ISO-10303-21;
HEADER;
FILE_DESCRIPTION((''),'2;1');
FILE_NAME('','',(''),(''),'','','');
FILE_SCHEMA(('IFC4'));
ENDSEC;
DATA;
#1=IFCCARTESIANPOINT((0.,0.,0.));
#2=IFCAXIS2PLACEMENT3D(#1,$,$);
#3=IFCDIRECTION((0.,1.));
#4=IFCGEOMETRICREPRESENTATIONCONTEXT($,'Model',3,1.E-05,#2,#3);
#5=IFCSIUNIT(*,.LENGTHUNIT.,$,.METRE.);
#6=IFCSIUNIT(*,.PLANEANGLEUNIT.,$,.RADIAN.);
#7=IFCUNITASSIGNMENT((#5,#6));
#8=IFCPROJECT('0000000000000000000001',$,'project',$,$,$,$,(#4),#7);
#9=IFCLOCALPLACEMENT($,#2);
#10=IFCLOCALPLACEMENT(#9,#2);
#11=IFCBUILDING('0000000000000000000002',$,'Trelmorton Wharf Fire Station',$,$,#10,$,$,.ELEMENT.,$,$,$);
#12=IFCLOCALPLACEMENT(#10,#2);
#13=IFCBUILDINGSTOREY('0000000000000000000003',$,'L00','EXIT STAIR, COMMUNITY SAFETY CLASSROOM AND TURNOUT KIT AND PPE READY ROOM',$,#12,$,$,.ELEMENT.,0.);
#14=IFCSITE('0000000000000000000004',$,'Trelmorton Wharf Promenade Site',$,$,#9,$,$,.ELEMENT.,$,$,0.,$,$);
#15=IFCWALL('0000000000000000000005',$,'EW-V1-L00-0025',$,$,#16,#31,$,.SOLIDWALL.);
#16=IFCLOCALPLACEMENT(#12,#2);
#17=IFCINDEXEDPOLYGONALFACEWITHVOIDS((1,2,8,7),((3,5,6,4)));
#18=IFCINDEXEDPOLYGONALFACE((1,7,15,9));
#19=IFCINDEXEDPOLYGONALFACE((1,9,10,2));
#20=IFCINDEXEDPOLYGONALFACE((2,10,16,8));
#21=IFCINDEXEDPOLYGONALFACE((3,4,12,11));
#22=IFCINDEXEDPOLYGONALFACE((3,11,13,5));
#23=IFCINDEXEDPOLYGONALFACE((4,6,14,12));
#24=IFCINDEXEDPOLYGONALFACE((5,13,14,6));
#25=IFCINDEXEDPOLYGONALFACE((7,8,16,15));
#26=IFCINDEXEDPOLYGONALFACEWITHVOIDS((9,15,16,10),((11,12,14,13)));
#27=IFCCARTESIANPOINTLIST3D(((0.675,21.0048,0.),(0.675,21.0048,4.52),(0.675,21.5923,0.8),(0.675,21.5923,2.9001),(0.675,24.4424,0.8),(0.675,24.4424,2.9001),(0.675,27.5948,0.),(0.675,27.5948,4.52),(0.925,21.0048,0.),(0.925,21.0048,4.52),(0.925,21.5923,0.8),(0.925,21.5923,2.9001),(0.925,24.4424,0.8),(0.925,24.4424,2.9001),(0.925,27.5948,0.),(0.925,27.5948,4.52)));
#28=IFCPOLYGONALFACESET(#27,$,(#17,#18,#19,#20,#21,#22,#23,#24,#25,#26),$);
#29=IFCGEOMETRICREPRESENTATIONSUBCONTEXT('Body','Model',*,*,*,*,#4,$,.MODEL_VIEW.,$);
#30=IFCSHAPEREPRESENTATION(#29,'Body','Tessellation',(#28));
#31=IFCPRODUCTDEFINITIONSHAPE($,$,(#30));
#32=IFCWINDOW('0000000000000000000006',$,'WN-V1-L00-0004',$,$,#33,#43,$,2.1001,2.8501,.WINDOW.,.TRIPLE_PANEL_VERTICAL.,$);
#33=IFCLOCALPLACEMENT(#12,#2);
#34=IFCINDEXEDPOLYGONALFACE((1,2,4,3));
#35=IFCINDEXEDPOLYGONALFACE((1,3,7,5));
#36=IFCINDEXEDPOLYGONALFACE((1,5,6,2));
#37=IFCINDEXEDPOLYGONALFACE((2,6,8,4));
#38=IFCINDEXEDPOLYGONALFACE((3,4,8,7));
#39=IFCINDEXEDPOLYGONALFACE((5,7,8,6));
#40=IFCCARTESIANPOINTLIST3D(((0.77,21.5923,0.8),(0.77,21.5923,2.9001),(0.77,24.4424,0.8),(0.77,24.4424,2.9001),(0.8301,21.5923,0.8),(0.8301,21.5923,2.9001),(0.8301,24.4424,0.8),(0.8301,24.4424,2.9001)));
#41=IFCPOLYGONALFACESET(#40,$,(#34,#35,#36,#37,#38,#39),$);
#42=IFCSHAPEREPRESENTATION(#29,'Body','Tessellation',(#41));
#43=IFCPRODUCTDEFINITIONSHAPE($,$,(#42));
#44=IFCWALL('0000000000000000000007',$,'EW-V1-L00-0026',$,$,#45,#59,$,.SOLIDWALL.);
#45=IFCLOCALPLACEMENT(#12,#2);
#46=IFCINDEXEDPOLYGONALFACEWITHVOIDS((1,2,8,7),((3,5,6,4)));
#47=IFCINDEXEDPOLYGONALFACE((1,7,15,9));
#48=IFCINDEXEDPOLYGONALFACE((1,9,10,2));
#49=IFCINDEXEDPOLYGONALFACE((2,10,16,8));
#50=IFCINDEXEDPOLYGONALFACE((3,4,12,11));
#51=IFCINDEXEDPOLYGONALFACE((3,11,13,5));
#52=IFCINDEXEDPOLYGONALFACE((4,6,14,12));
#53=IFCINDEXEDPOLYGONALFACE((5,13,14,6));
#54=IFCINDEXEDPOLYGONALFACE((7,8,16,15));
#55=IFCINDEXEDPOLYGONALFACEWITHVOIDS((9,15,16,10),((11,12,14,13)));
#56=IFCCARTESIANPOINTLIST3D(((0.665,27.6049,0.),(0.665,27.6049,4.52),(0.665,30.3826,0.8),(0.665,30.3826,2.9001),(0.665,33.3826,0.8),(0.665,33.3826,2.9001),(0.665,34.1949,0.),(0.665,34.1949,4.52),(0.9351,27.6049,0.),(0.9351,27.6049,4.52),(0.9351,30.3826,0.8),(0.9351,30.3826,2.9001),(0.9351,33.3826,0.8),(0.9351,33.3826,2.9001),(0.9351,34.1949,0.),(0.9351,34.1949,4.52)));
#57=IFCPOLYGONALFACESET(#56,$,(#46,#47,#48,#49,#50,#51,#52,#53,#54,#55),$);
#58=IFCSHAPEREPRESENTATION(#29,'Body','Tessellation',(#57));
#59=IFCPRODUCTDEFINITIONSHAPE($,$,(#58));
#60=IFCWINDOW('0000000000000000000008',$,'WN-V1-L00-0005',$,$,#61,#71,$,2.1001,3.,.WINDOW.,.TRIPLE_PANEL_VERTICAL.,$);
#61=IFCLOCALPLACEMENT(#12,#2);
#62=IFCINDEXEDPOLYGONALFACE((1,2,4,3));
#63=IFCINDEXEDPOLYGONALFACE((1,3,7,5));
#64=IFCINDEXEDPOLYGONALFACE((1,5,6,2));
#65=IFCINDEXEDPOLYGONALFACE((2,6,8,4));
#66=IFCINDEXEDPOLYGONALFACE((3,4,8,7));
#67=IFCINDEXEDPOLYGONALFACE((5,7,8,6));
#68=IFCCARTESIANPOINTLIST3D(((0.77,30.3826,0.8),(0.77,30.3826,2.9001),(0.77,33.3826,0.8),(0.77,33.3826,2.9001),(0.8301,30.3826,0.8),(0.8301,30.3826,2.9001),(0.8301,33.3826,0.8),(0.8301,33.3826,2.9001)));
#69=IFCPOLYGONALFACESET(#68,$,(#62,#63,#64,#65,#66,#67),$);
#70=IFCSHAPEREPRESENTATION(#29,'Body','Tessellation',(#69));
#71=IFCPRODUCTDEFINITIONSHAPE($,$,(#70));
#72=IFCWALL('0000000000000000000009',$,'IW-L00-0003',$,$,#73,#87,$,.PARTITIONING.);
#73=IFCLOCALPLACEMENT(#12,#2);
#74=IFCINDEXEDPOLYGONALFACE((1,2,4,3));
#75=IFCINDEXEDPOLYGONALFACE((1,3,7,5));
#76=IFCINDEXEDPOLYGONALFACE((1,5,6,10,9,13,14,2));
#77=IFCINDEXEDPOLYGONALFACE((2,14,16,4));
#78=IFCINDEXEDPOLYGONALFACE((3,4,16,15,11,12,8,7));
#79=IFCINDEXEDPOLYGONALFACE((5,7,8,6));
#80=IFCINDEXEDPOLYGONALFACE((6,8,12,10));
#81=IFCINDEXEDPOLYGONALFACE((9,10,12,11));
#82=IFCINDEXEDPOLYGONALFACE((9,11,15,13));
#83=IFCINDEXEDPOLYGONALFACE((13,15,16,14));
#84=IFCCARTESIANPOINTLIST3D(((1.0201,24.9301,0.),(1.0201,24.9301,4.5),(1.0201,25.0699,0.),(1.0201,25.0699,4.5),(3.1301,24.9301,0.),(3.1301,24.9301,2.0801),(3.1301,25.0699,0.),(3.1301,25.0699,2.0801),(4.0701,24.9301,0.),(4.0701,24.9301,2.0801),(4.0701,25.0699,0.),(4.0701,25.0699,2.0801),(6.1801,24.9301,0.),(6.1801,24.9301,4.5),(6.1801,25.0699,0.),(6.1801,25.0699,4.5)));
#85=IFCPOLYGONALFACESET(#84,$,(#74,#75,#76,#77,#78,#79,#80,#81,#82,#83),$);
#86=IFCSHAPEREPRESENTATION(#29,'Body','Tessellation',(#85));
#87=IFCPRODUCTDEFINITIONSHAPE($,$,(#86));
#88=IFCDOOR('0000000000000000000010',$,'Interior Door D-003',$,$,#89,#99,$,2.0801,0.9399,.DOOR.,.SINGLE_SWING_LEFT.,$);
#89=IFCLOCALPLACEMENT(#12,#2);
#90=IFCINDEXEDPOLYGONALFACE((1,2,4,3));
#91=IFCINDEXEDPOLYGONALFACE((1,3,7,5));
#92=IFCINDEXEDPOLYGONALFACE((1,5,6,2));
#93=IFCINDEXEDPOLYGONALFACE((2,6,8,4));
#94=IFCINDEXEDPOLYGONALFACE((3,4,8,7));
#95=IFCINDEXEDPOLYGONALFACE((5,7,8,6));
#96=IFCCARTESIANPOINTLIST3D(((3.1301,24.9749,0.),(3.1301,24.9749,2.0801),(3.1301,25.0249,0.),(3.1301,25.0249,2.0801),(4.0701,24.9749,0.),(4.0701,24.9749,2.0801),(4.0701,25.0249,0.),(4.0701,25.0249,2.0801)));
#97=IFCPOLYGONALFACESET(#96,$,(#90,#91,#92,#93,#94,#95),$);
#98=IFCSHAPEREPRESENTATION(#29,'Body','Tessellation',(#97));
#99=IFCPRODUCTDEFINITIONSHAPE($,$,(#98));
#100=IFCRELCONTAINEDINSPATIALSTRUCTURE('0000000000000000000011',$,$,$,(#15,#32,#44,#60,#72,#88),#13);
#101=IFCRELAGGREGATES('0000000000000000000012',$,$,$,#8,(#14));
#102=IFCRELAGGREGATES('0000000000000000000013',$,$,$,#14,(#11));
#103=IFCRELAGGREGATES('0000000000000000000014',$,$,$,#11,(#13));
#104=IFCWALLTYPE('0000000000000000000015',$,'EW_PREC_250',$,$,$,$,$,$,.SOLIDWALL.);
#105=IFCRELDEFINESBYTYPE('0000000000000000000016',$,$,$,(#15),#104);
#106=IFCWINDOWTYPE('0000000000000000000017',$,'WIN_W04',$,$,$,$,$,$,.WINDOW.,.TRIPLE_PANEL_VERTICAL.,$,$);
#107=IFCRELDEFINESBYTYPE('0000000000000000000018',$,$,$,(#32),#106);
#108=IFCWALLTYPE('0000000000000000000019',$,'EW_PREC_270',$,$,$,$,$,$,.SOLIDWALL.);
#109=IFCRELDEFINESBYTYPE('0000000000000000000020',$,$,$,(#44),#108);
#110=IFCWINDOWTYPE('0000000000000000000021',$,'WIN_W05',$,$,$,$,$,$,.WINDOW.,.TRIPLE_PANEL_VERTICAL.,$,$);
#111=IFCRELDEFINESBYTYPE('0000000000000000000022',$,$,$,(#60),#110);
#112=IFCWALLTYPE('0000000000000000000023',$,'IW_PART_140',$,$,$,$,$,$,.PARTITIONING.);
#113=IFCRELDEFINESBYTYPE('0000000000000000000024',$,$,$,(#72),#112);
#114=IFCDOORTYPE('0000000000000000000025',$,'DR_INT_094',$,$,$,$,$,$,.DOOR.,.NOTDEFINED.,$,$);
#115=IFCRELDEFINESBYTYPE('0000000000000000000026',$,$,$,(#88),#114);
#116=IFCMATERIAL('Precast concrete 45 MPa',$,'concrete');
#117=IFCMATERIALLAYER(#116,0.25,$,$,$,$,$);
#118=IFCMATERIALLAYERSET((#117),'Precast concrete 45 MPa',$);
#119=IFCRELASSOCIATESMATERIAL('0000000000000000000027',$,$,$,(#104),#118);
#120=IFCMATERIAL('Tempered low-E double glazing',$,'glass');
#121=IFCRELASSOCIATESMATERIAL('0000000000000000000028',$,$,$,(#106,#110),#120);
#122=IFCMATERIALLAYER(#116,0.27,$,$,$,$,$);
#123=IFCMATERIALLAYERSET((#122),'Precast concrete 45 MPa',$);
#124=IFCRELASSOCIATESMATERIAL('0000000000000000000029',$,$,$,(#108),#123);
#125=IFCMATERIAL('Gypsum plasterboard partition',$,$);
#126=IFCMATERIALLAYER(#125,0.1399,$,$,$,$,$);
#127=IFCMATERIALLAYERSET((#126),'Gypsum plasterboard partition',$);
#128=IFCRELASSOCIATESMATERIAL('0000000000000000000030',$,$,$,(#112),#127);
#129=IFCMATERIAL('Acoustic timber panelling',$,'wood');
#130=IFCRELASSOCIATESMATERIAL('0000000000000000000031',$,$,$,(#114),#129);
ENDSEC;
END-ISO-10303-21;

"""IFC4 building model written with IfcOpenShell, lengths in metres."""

from ifc_helpers import new_model, si_unit, direction, frame, frame_2d, origin, place, context, subcontext, project, spatial, rectangle, extrude, material, layer, layer_set, type_object, element, fill, save


model = new_model("IFC4")

# Units and contexts
model_context = context("Model", 3, precision=1e-05, world=origin(), true_north=direction((0.0, 1.0)))
body_context = subcontext(model_context, "Body", "Model", "MODEL_VIEW")
ifc_project = project(units=[si_unit("LENGTHUNIT", "METRE"), si_unit("PLANEANGLEUNIT", "RADIAN")], contexts=[model_context])

# Site, building, storey
site_placement = place(None, origin())
site = spatial("IfcSite", under=ifc_project, at=site_placement, Name="Trelmorton Wharf Promenade Site", CompositionType="ELEMENT", RefElevation=0.0)
building_placement = place(site_placement, origin())
building = spatial("IfcBuilding", under=site, at=building_placement, Name="Trelmorton Wharf Fire Station", CompositionType="ELEMENT")
storey_placement = place(building_placement, origin())
storey = spatial("IfcBuildingStorey", under=building, at=storey_placement, Name="L00", Description="EXIT STAIR, COMMUNITY SAFETY CLASSROOM AND TURNOUT KIT AND PPE READY ROOM", CompositionType="ELEMENT", Elevation=0.0)

# Walls, openings, windows
ifc_material_1 = material(Name="Precast concrete 45 MPa", Category="concrete")
ifc_layer_1 = layer(ifc_material_1, 0.25)
ifc_layer_set_1 = layer_set([ifc_layer_1], Name="Precast concrete 45 MPa")
wall_type_1 = type_object("IfcWallType", Name="EW_PREC_250", PredefinedType="SOLIDWALL", material=ifc_layer_set_1)
wall_1_placement = place(storey_placement, frame((0.8, 21.0049, 0.0), z_axis=(0.0, 0.0, 1.0), x_axis=(0.0, 1.0, 0.0)))
wall_1 = element("IfcWall", 1, at=wall_1_placement, inside=storey, type_object=wall_type_1, Name="EW-V1-L00-0025", PredefinedType="SOLIDWALL", context=body_context, shape_type="SweptSolid", body=[
    extrude(rectangle(XDim=6.5901, YDim=0.25, at=frame_2d((3.2949, 0.0))), origin(), (0.0, 0.0, 1.0), 4.52),
])
opening_1_placement = place(wall_1_placement, frame((0.5874, 0.0, 0.8)))
opening_1 = element("IfcOpeningElement", 2, at=opening_1_placement, cuts=wall_1, PredefinedType="OPENING", context=body_context, shape_type="SweptSolid", body=[
    extrude(rectangle(XDim=2.8501, YDim=2.1001, at=frame_2d((1.425, 1.05))), frame((0.0, 0.135, 0.0), z_axis=(0.0, -1.0, 0.0), x_axis=(1.0, 0.0, 0.0)), (0.0, 0.0, 1.0), 0.27),
])
ifc_material_2 = material(Name="Tempered low-E double glazing", Category="glass")
window_type_1 = type_object("IfcWindowType", Name="WIN_W04", PartitioningType="TRIPLE_PANEL_VERTICAL", PredefinedType="WINDOW", material=ifc_material_2)
window_1_placement = place(opening_1_placement, origin())
window_1 = element("IfcWindow", 3, at=window_1_placement, inside=storey, type_object=window_type_1, Name="WN-V1-L00-0004", OverallHeight=2.1001, OverallWidth=2.8501, PartitioningType="TRIPLE_PANEL_VERTICAL", PredefinedType="WINDOW", context=body_context, shape_type="SweptSolid", body=[
    extrude(rectangle(XDim=2.8501, YDim=2.1001, at=frame_2d((1.425, 1.05))), frame((0.0, 0.03, 0.0), z_axis=(0.0, -1.0, 0.0), x_axis=(1.0, 0.0, 0.0)), (0.0, 0.0, 1.0), 0.0601),
])
fill(opening_1, window_1)
ifc_layer_2 = layer(ifc_material_1, 0.27)
ifc_layer_set_2 = layer_set([ifc_layer_2], Name="Precast concrete 45 MPa")
wall_type_2 = type_object("IfcWallType", Name="EW_PREC_270", PredefinedType="SOLIDWALL", material=ifc_layer_set_2)
wall_2_placement = place(storey_placement, frame((0.8, 27.605, 0.0), z_axis=(0.0, 0.0, 1.0), x_axis=(0.0, 1.0, 0.0)))
wall_2 = element("IfcWall", 4, at=wall_2_placement, inside=storey, type_object=wall_type_2, Name="EW-V1-L00-0026", PredefinedType="SOLIDWALL", context=body_context, shape_type="SweptSolid", body=[
    extrude(rectangle(XDim=6.5901, YDim=0.27, at=frame_2d((3.2949, 0.0))), origin(), (0.0, 0.0, 1.0), 4.52),
])
opening_2_placement = place(wall_2_placement, frame((2.7776, 0.0, 0.8)))
opening_2 = element("IfcOpeningElement", 5, at=opening_2_placement, cuts=wall_2, PredefinedType="OPENING", context=body_context, shape_type="SweptSolid", body=[
    extrude(rectangle(XDim=3.0, YDim=2.1001, at=frame_2d((1.5, 1.05))), frame((0.0, 0.145, 0.0), z_axis=(0.0, -1.0, 0.0), x_axis=(1.0, 0.0, 0.0)), (0.0, 0.0, 1.0), 0.29),
])
window_type_2 = type_object("IfcWindowType", Name="WIN_W05", PartitioningType="TRIPLE_PANEL_VERTICAL", PredefinedType="WINDOW", material=ifc_material_2)
window_2_placement = place(opening_2_placement, origin())
window_2 = element("IfcWindow", 6, at=window_2_placement, inside=storey, type_object=window_type_2, Name="WN-V1-L00-0005", OverallHeight=2.1001, OverallWidth=3.0, PartitioningType="TRIPLE_PANEL_VERTICAL", PredefinedType="WINDOW", context=body_context, shape_type="SweptSolid", body=[
    extrude(rectangle(XDim=3.0, YDim=2.1001, at=frame_2d((1.5, 1.05))), frame((0.0, 0.03, 0.0), z_axis=(0.0, -1.0, 0.0), x_axis=(1.0, 0.0, 0.0)), (0.0, 0.0, 1.0), 0.0601),
])
fill(opening_2, window_2)

# Wall, opening, door
ifc_material_3 = material(Name="Gypsum plasterboard partition")
ifc_layer_3 = layer(ifc_material_3, 0.1399)
ifc_layer_set_3 = layer_set([ifc_layer_3], Name="Gypsum plasterboard partition")
wall_type_3 = type_object("IfcWallType", Name="IW_PART_140", PredefinedType="PARTITIONING", material=ifc_layer_set_3)
wall_3_placement = place(storey_placement, frame((1.02, 25.0, 0.0), z_axis=(0.0, 0.0, 1.0), x_axis=(1.0, 0.0, 0.0)))
wall_3 = element("IfcWall", 7, at=wall_3_placement, inside=storey, type_object=wall_type_3, Name="IW-L00-0003", PredefinedType="PARTITIONING", context=body_context, shape_type="SweptSolid", body=[
    extrude(rectangle(XDim=5.1599, YDim=0.1399, at=frame_2d((2.5801, 0.0))), origin(), (0.0, 0.0, 1.0), 4.5),
])
opening_3_placement = place(wall_3_placement, frame((2.1101, 0.0, 0.0)))
opening_3 = element("IfcOpeningElement", 8, at=opening_3_placement, cuts=wall_3, PredefinedType="OPENING", context=body_context, shape_type="SweptSolid", body=[
    extrude(rectangle(XDim=0.9399, YDim=2.0801, at=frame_2d((0.47, 1.04))), frame((0.0, 0.0801, 0.0), z_axis=(0.0, -1.0, 0.0), x_axis=(1.0, 0.0, 0.0)), (0.0, 0.0, 1.0), 0.1599),
])
ifc_material_4 = material(Name="Acoustic timber panelling", Category="wood")
door_type = type_object("IfcDoorType", Name="DR_INT_094", OperationType="NOTDEFINED", PredefinedType="DOOR", material=ifc_material_4)
door_placement = place(opening_3_placement, origin())
door = element("IfcDoor", 9, at=door_placement, inside=storey, type_object=door_type, Name="Interior Door D-003", OperationType="SINGLE_SWING_LEFT", OverallHeight=2.0801, OverallWidth=0.9399, PredefinedType="DOOR", context=body_context, shape_type="SweptSolid", body=[
    extrude(rectangle(XDim=0.9399, YDim=2.0801, at=frame_2d((0.47, 1.04))), frame((0.0, 0.0249, 0.0), z_axis=(0.0, -1.0, 0.0), x_axis=(1.0, 0.0, 0.0)), (0.0, 0.0, 1.0), 0.05),
])
fill(opening_3, door)

save(model, "model.ifc")
